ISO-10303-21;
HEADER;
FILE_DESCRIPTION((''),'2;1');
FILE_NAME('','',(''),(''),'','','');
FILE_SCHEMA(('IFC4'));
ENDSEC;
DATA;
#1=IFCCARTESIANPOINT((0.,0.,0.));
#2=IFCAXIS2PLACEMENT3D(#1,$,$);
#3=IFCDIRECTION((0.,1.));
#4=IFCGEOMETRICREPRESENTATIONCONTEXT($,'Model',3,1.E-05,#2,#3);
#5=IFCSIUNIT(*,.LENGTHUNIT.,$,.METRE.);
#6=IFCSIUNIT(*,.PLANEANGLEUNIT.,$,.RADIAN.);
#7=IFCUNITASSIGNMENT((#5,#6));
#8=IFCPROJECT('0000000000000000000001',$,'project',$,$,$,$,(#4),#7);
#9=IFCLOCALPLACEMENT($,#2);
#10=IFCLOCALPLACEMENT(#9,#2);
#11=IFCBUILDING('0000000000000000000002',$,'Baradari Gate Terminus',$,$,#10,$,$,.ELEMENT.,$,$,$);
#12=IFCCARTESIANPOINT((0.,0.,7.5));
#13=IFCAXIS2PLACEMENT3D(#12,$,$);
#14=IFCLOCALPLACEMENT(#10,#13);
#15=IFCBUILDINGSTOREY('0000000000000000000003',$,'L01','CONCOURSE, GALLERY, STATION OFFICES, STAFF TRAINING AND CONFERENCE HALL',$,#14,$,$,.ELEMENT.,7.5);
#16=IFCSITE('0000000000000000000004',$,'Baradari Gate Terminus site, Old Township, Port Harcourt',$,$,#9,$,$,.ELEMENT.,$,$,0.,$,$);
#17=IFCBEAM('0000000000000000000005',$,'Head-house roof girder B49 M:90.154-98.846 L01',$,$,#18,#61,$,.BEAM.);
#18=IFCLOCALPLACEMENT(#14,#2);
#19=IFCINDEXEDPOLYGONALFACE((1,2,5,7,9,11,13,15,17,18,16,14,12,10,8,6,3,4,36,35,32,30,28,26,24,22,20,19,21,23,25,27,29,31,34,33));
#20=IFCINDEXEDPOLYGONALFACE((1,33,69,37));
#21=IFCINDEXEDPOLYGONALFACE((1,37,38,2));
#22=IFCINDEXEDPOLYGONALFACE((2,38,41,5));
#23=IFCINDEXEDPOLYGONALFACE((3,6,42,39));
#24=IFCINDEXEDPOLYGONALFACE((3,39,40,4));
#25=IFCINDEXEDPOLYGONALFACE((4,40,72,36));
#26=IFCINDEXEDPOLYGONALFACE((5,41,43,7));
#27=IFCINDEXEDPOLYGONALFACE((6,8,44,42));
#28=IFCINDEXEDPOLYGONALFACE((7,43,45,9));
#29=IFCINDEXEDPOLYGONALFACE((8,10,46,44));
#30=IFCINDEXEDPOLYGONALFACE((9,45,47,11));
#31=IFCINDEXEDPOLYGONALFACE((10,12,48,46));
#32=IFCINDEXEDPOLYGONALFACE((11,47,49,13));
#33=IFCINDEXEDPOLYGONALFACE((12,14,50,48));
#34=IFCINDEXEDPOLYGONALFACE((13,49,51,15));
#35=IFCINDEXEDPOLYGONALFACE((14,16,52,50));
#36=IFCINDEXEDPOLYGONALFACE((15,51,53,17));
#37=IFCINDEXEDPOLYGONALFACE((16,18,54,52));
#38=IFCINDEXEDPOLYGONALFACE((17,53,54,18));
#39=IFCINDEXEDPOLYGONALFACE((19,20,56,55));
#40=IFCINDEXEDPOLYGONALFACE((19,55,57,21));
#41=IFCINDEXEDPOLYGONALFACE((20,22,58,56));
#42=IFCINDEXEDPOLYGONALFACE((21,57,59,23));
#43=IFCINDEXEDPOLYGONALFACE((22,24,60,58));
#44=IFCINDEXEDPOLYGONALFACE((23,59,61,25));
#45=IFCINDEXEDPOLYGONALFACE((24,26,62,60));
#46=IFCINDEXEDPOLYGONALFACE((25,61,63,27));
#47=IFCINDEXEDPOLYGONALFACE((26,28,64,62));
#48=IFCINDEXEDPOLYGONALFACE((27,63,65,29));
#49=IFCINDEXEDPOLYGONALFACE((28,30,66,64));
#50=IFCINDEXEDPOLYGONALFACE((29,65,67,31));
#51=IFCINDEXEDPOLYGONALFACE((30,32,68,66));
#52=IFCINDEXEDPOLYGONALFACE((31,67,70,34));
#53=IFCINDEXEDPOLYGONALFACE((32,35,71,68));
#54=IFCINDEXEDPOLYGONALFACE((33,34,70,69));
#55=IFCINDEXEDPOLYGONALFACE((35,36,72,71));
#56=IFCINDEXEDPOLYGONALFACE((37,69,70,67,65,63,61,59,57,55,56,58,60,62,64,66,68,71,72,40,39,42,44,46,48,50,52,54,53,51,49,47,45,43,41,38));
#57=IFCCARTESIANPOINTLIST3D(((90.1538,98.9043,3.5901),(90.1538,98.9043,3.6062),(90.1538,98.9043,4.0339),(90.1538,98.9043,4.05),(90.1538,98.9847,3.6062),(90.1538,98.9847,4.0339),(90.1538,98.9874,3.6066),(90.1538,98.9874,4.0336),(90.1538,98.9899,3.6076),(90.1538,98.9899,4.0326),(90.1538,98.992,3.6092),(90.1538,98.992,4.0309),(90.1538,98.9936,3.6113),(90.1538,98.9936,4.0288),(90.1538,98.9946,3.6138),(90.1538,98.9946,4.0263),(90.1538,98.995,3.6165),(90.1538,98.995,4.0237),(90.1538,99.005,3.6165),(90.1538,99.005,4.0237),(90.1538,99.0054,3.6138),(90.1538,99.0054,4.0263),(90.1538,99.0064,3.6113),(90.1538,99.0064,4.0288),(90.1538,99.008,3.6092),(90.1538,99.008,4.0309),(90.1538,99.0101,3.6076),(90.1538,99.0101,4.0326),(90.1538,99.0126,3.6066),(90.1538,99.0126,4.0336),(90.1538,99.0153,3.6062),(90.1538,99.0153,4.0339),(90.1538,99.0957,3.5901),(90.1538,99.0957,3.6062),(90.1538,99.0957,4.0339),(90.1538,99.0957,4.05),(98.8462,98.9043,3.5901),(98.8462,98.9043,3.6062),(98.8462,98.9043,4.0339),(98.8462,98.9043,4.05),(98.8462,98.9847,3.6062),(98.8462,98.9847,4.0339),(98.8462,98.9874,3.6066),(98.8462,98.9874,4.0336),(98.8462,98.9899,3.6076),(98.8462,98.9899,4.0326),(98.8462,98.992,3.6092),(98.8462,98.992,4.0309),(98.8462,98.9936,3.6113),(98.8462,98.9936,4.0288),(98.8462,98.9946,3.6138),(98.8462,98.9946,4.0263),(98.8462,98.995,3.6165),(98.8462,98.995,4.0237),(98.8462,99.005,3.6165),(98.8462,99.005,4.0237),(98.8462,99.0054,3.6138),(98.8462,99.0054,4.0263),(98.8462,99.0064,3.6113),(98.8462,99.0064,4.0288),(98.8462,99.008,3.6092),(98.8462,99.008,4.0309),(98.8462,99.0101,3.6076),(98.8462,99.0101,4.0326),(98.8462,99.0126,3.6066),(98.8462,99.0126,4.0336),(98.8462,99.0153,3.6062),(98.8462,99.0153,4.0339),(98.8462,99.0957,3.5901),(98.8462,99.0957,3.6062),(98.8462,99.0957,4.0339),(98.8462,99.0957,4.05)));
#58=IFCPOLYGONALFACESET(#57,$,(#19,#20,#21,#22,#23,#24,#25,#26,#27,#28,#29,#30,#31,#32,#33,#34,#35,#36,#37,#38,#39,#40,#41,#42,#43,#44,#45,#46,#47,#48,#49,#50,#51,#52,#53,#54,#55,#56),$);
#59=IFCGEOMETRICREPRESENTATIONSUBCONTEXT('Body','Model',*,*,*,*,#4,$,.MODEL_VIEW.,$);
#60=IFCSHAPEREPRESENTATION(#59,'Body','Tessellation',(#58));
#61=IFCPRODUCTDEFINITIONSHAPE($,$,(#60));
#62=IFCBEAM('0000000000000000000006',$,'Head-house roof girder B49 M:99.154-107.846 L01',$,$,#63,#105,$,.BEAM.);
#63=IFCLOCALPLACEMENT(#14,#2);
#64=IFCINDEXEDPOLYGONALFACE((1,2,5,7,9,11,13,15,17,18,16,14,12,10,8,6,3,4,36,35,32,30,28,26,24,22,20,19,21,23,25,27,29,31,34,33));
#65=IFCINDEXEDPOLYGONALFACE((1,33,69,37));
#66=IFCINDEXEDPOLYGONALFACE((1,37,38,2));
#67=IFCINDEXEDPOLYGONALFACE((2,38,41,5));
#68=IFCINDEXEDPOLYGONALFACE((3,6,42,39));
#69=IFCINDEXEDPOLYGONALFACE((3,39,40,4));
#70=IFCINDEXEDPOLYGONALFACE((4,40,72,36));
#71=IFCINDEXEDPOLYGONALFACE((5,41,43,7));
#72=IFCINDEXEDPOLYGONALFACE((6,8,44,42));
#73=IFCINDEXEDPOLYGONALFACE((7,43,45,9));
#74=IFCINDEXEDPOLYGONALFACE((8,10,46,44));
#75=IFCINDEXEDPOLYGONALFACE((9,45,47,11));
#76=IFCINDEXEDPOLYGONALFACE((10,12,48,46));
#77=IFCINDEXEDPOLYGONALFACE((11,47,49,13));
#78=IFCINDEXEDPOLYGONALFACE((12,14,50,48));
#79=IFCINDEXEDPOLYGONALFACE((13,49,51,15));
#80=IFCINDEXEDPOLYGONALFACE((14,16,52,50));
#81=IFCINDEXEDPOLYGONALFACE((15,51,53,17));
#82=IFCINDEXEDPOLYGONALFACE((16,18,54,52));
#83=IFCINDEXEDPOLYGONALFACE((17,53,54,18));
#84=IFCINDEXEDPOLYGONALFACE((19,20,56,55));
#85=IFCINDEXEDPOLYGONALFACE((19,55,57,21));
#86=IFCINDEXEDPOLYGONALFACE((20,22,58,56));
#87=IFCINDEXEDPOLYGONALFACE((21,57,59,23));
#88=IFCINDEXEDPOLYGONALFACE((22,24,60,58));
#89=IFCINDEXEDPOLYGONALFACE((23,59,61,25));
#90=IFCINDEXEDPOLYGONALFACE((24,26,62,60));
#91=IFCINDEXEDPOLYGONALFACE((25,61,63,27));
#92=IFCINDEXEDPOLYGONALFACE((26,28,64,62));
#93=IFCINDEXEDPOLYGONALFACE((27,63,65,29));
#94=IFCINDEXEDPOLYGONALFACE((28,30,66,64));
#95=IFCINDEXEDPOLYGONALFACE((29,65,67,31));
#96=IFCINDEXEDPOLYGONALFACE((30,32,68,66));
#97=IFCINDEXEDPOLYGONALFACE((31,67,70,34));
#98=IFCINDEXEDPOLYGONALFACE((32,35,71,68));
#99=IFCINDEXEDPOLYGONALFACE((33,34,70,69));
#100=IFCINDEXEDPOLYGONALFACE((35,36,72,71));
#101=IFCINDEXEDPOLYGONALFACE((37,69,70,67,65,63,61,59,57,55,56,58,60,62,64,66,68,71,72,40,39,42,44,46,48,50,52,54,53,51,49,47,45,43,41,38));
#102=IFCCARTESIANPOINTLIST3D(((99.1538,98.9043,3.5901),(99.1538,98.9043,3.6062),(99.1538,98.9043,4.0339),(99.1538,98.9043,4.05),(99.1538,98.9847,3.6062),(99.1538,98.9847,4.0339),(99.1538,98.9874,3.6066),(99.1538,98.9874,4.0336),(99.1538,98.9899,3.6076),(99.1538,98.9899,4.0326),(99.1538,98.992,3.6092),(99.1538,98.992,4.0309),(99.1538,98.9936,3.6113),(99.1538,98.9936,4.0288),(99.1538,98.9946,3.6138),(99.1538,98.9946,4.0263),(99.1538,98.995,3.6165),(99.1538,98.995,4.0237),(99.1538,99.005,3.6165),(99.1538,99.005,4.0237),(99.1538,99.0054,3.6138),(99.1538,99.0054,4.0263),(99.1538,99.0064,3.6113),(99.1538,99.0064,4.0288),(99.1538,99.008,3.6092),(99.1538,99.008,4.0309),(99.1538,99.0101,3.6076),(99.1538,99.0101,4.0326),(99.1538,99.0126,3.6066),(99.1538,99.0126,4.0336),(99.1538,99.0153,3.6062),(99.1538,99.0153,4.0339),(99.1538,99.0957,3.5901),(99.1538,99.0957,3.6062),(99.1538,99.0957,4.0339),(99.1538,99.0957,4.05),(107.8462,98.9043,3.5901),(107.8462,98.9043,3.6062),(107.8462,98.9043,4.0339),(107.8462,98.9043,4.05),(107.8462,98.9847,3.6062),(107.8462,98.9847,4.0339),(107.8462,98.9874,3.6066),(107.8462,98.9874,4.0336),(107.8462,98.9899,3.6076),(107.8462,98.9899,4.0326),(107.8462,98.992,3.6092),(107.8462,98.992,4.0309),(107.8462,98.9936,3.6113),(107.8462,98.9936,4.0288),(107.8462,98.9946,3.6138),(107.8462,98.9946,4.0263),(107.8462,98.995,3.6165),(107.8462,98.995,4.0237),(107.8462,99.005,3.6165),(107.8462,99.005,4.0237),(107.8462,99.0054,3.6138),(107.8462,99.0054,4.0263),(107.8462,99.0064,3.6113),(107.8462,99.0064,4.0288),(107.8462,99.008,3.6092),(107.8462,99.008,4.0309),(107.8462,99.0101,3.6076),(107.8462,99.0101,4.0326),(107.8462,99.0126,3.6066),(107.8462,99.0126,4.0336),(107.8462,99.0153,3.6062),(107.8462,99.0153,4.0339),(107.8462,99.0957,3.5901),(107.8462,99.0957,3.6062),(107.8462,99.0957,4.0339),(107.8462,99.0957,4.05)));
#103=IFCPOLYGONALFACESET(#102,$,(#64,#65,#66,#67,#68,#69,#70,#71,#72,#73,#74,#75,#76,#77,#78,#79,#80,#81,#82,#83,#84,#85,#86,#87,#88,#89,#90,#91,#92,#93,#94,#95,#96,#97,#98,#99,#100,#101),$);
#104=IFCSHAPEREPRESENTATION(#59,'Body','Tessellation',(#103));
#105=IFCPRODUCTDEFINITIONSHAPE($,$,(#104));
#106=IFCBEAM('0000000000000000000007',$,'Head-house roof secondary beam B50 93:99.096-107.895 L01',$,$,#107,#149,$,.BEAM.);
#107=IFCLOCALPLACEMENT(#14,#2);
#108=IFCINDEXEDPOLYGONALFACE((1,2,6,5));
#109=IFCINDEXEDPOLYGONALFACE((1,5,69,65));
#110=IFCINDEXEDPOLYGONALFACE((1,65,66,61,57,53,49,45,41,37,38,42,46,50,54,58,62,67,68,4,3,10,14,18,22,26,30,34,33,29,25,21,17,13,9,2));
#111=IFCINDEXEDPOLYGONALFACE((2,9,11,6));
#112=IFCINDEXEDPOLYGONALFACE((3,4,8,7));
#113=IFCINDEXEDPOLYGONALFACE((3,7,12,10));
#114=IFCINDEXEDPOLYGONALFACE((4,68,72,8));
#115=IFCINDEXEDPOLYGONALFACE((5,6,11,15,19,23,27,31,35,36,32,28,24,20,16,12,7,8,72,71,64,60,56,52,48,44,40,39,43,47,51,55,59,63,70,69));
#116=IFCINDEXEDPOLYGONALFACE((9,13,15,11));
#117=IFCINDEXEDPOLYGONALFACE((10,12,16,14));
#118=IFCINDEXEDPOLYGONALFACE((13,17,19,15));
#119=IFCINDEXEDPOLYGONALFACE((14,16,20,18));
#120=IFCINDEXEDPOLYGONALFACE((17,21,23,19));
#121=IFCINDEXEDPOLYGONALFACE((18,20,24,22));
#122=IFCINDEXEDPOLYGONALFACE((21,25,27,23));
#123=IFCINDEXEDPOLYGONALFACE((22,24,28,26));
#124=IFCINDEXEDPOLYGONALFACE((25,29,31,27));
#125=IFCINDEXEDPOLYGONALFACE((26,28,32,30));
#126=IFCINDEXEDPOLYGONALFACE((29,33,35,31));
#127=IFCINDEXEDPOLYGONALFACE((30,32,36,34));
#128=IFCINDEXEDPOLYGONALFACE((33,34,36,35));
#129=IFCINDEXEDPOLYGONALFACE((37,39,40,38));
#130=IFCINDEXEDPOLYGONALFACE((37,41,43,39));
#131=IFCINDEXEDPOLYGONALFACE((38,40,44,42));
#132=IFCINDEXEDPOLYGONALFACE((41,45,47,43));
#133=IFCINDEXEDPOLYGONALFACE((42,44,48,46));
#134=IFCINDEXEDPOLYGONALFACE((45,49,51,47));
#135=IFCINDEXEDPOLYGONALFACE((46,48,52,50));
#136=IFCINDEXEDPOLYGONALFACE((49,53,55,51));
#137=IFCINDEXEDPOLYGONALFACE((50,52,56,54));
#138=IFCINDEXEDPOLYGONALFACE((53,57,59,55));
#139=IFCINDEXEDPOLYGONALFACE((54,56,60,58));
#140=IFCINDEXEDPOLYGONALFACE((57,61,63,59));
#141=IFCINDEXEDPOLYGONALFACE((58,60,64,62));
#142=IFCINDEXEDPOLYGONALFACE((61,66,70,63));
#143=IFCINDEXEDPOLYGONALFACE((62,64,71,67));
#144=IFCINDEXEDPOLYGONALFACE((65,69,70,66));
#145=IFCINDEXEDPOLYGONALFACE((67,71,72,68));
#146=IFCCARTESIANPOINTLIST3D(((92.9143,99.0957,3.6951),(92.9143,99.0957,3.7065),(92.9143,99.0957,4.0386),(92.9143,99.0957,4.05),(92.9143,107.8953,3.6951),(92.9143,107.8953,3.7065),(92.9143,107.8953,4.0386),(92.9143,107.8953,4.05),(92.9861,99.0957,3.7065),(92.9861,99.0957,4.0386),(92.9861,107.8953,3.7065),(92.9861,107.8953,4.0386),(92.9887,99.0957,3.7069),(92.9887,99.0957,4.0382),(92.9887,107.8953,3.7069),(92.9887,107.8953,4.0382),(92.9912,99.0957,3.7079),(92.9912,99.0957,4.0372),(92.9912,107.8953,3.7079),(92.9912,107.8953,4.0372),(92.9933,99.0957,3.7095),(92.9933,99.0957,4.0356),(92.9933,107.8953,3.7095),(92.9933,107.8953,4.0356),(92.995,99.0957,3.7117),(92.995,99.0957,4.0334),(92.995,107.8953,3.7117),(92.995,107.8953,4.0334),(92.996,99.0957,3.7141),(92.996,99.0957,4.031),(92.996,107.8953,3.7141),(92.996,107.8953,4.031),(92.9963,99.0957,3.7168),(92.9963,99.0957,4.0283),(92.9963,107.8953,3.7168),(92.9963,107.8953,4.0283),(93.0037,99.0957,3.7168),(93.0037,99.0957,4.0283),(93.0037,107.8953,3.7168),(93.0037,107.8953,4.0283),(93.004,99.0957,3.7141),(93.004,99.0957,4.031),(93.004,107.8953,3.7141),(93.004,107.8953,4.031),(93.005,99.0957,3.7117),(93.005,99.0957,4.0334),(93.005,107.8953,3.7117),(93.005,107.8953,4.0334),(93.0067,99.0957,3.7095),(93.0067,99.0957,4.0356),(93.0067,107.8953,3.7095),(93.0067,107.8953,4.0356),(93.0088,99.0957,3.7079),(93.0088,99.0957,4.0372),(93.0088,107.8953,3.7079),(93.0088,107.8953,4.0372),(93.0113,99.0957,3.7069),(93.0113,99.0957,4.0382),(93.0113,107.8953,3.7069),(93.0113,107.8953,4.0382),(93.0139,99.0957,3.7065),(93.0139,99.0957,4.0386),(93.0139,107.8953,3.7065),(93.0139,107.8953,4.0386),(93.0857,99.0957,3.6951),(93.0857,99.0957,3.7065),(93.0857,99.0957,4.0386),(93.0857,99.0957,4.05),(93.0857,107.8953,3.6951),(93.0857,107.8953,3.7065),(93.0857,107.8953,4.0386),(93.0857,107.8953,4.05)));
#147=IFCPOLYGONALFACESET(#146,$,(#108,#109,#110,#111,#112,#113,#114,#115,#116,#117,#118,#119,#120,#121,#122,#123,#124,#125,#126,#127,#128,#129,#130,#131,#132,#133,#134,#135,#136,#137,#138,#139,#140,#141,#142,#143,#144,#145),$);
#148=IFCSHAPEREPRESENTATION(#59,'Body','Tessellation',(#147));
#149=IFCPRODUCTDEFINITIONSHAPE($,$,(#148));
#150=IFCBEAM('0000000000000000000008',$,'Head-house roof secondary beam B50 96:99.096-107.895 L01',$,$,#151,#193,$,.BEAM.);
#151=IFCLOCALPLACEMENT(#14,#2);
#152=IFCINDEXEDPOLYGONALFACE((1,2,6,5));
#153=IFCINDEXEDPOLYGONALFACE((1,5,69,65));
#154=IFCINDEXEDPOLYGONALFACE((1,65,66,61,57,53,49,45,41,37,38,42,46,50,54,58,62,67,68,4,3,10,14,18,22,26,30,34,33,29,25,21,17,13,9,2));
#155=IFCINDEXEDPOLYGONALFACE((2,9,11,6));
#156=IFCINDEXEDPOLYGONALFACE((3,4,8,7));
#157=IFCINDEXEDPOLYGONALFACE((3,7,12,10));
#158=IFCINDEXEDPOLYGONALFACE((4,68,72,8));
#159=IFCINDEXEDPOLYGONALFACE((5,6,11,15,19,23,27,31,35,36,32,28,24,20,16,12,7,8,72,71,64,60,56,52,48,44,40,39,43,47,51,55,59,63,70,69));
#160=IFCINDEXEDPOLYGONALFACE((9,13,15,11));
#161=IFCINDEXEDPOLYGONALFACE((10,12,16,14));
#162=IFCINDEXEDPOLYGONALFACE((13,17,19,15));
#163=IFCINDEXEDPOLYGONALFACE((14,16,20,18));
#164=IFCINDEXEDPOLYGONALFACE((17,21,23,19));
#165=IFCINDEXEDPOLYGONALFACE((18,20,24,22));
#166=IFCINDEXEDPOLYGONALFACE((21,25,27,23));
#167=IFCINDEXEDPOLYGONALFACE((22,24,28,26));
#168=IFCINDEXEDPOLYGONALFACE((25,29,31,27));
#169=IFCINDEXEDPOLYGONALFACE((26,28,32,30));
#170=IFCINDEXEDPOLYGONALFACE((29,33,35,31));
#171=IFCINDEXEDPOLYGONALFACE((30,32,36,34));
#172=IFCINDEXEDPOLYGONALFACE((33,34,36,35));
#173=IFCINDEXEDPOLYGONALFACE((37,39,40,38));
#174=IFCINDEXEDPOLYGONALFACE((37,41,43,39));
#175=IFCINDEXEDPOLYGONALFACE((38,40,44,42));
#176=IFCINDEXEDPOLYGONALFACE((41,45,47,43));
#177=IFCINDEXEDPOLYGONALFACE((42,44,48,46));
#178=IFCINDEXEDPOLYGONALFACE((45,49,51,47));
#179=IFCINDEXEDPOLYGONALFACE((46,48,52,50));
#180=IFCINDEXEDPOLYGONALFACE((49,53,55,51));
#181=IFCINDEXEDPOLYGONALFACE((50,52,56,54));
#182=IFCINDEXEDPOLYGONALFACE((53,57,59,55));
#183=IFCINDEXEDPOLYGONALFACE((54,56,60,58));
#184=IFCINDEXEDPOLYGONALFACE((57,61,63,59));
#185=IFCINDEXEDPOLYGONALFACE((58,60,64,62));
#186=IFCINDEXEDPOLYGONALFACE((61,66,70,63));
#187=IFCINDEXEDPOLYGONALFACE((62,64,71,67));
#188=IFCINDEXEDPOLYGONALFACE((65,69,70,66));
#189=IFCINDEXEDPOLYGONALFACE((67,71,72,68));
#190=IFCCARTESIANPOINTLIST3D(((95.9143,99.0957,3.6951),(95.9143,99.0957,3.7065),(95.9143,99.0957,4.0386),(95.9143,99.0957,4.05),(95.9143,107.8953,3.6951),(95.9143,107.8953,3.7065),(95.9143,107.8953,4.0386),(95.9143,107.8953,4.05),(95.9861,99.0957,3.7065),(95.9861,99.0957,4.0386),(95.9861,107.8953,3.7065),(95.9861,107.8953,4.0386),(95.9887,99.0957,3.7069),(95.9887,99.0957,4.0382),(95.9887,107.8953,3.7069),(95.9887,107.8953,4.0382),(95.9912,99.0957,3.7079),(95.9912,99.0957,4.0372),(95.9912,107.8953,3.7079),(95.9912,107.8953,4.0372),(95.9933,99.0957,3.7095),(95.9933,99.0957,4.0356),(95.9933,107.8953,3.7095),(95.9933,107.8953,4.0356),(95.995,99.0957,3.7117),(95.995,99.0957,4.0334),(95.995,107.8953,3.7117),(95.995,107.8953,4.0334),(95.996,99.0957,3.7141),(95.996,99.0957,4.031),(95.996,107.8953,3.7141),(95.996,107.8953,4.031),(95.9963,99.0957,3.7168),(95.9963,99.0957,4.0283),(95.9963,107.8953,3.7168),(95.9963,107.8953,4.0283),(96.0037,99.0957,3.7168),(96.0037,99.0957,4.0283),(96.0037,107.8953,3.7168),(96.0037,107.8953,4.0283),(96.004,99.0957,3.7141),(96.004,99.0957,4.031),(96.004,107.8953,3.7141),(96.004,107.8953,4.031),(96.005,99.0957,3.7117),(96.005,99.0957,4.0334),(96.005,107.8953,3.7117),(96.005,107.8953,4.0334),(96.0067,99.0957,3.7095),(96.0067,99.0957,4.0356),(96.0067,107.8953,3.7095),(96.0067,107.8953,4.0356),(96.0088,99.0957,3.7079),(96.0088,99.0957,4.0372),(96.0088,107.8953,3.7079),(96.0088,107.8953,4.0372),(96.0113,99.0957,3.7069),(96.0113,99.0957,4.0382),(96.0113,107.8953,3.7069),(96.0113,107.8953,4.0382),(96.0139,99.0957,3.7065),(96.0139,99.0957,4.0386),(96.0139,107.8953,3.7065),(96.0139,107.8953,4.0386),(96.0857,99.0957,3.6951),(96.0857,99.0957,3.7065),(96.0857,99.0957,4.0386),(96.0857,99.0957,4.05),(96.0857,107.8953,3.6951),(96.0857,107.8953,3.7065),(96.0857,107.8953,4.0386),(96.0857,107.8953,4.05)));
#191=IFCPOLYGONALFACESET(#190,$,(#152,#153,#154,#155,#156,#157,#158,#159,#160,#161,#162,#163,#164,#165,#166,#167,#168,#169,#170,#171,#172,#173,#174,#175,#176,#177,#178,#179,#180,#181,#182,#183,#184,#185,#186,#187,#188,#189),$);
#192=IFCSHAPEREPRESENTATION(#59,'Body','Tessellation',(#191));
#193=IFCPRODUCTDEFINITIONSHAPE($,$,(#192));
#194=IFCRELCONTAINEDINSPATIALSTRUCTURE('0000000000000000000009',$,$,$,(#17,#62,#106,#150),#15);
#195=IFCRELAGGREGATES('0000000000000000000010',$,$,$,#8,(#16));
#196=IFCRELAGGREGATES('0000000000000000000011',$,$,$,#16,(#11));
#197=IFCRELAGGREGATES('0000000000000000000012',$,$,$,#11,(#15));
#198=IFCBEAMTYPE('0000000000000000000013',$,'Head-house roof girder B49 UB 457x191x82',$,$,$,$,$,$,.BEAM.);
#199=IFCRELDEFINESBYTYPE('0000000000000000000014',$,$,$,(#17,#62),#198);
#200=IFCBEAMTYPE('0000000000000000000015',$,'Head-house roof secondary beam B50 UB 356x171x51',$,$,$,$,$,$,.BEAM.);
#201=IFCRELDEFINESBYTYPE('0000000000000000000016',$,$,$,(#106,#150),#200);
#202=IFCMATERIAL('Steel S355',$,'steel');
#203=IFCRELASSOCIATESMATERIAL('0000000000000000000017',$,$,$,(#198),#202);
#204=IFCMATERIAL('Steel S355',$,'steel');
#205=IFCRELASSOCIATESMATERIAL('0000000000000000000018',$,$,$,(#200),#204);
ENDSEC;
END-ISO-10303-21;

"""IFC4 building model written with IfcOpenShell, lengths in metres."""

from ifc_helpers import new_model, si_unit, direction, frame, origin, origin_2d, place, context, subcontext, project, spatial, i_section, extrude, material, material_profile, profile_set, type_object, element, save


model = new_model("IFC4")

# Units and contexts
model_context = context("Model", 3, precision=1e-05, world=origin(), true_north=direction((0.0, 1.0)))
body_context = subcontext(model_context, "Body", "Model", "MODEL_VIEW")
ifc_project = project(units=[si_unit("LENGTHUNIT", "METRE"), si_unit("PLANEANGLEUNIT", "RADIAN")], contexts=[model_context])

# Site, building, storey
site_placement = place(None, origin())
site = spatial("IfcSite", under=ifc_project, at=site_placement, Name="Baradari Gate Terminus site, Old Township, Port Harcourt", CompositionType="ELEMENT", RefElevation=0.0)
building_placement = place(site_placement, origin())
building = spatial("IfcBuilding", under=site, at=building_placement, Name="Baradari Gate Terminus", CompositionType="ELEMENT")
storey_placement = place(building_placement, frame((0.0, 0.0, 7.5)))
storey = spatial("IfcBuildingStorey", under=building, at=storey_placement, Name="L01", Description="CONCOURSE, GALLERY, STATION OFFICES, STAFF TRAINING AND CONFERENCE HALL", CompositionType="ELEMENT", Elevation=7.5)

# Beams
ifc_material_1 = material(Name="Steel S355", Category="steel")
ifc_material_profile_1 = material_profile(ifc_material_1, i_section(OverallWidth=0.1914, OverallDepth=0.46, WebThickness=0.01, FlangeThickness=0.0161, FilletRadius=0.0103, at=origin_2d()), Name="UB 457x191x82")
ifc_profile_set_1 = profile_set([ifc_material_profile_1], Name="Steel S355")
beam_type_1 = type_object("IfcBeamType", Name="Head-house roof girder B49 UB 457x191x82", PredefinedType="BEAM", material=ifc_profile_set_1)
for number, where, z_axis, x_axis, name in (
    (1, (90.1538, 99.0, 3.8201), (1.0, 0.0, 0.0), (0.0, 1.0, 0.0), "Head-house roof girder B49 M:90.154-98.846 L01"),
    (2, (99.1538, 99.0, 3.8201), (1.0, 0.0, 0.0), (0.0, 1.0, 0.0), "Head-house roof girder B49 M:99.154-107.846 L01"),
):
    element("IfcBeam", number, at=place(storey_placement, frame(where, z_axis=z_axis, x_axis=x_axis)), inside=storey, type_object=beam_type_1, Name=name, PredefinedType="BEAM", context=body_context, shape_type="SweptSolid", body=[
        extrude(i_section(OverallWidth=0.1914, OverallDepth=0.46, WebThickness=0.01, FlangeThickness=0.0161, FilletRadius=0.0103, at=origin_2d()), origin(), (0.0, 0.0, 1.0), 8.6924),
    ])
ifc_material_2 = material(Name="Steel S355", Category="steel")
ifc_material_profile_2 = material_profile(ifc_material_2, i_section(OverallWidth=0.1714, OverallDepth=0.355, WebThickness=0.0073, FlangeThickness=0.0115, FilletRadius=0.0103, at=origin_2d()), Name="UB 356x171x51")
ifc_profile_set_2 = profile_set([ifc_material_profile_2], Name="Steel S355")
beam_type_2 = type_object("IfcBeamType", Name="Head-house roof secondary beam B50 UB 356x171x51", PredefinedType="BEAM", material=ifc_profile_set_2)
for number, where, z_axis, x_axis, name in (
    (3, (93.0, 99.0957, 3.8726), (0.0, 1.0, 0.0), (-1.0, 0.0, 0.0), "Head-house roof secondary beam B50 93:99.096-107.895 L01"),
    (4, (96.0, 99.0957, 3.8726), (0.0, 1.0, 0.0), (-1.0, 0.0, 0.0), "Head-house roof secondary beam B50 96:99.096-107.895 L01"),
):
    element("IfcBeam", number, at=place(storey_placement, frame(where, z_axis=z_axis, x_axis=x_axis)), inside=storey, type_object=beam_type_2, Name=name, PredefinedType="BEAM", context=body_context, shape_type="SweptSolid", body=[
        extrude(i_section(OverallWidth=0.1714, OverallDepth=0.355, WebThickness=0.0073, FlangeThickness=0.0115, FilletRadius=0.0103, at=origin_2d()), origin(), (0.0, 0.0, 1.0), 8.7996),
    ])

save(model, "model.ifc")
